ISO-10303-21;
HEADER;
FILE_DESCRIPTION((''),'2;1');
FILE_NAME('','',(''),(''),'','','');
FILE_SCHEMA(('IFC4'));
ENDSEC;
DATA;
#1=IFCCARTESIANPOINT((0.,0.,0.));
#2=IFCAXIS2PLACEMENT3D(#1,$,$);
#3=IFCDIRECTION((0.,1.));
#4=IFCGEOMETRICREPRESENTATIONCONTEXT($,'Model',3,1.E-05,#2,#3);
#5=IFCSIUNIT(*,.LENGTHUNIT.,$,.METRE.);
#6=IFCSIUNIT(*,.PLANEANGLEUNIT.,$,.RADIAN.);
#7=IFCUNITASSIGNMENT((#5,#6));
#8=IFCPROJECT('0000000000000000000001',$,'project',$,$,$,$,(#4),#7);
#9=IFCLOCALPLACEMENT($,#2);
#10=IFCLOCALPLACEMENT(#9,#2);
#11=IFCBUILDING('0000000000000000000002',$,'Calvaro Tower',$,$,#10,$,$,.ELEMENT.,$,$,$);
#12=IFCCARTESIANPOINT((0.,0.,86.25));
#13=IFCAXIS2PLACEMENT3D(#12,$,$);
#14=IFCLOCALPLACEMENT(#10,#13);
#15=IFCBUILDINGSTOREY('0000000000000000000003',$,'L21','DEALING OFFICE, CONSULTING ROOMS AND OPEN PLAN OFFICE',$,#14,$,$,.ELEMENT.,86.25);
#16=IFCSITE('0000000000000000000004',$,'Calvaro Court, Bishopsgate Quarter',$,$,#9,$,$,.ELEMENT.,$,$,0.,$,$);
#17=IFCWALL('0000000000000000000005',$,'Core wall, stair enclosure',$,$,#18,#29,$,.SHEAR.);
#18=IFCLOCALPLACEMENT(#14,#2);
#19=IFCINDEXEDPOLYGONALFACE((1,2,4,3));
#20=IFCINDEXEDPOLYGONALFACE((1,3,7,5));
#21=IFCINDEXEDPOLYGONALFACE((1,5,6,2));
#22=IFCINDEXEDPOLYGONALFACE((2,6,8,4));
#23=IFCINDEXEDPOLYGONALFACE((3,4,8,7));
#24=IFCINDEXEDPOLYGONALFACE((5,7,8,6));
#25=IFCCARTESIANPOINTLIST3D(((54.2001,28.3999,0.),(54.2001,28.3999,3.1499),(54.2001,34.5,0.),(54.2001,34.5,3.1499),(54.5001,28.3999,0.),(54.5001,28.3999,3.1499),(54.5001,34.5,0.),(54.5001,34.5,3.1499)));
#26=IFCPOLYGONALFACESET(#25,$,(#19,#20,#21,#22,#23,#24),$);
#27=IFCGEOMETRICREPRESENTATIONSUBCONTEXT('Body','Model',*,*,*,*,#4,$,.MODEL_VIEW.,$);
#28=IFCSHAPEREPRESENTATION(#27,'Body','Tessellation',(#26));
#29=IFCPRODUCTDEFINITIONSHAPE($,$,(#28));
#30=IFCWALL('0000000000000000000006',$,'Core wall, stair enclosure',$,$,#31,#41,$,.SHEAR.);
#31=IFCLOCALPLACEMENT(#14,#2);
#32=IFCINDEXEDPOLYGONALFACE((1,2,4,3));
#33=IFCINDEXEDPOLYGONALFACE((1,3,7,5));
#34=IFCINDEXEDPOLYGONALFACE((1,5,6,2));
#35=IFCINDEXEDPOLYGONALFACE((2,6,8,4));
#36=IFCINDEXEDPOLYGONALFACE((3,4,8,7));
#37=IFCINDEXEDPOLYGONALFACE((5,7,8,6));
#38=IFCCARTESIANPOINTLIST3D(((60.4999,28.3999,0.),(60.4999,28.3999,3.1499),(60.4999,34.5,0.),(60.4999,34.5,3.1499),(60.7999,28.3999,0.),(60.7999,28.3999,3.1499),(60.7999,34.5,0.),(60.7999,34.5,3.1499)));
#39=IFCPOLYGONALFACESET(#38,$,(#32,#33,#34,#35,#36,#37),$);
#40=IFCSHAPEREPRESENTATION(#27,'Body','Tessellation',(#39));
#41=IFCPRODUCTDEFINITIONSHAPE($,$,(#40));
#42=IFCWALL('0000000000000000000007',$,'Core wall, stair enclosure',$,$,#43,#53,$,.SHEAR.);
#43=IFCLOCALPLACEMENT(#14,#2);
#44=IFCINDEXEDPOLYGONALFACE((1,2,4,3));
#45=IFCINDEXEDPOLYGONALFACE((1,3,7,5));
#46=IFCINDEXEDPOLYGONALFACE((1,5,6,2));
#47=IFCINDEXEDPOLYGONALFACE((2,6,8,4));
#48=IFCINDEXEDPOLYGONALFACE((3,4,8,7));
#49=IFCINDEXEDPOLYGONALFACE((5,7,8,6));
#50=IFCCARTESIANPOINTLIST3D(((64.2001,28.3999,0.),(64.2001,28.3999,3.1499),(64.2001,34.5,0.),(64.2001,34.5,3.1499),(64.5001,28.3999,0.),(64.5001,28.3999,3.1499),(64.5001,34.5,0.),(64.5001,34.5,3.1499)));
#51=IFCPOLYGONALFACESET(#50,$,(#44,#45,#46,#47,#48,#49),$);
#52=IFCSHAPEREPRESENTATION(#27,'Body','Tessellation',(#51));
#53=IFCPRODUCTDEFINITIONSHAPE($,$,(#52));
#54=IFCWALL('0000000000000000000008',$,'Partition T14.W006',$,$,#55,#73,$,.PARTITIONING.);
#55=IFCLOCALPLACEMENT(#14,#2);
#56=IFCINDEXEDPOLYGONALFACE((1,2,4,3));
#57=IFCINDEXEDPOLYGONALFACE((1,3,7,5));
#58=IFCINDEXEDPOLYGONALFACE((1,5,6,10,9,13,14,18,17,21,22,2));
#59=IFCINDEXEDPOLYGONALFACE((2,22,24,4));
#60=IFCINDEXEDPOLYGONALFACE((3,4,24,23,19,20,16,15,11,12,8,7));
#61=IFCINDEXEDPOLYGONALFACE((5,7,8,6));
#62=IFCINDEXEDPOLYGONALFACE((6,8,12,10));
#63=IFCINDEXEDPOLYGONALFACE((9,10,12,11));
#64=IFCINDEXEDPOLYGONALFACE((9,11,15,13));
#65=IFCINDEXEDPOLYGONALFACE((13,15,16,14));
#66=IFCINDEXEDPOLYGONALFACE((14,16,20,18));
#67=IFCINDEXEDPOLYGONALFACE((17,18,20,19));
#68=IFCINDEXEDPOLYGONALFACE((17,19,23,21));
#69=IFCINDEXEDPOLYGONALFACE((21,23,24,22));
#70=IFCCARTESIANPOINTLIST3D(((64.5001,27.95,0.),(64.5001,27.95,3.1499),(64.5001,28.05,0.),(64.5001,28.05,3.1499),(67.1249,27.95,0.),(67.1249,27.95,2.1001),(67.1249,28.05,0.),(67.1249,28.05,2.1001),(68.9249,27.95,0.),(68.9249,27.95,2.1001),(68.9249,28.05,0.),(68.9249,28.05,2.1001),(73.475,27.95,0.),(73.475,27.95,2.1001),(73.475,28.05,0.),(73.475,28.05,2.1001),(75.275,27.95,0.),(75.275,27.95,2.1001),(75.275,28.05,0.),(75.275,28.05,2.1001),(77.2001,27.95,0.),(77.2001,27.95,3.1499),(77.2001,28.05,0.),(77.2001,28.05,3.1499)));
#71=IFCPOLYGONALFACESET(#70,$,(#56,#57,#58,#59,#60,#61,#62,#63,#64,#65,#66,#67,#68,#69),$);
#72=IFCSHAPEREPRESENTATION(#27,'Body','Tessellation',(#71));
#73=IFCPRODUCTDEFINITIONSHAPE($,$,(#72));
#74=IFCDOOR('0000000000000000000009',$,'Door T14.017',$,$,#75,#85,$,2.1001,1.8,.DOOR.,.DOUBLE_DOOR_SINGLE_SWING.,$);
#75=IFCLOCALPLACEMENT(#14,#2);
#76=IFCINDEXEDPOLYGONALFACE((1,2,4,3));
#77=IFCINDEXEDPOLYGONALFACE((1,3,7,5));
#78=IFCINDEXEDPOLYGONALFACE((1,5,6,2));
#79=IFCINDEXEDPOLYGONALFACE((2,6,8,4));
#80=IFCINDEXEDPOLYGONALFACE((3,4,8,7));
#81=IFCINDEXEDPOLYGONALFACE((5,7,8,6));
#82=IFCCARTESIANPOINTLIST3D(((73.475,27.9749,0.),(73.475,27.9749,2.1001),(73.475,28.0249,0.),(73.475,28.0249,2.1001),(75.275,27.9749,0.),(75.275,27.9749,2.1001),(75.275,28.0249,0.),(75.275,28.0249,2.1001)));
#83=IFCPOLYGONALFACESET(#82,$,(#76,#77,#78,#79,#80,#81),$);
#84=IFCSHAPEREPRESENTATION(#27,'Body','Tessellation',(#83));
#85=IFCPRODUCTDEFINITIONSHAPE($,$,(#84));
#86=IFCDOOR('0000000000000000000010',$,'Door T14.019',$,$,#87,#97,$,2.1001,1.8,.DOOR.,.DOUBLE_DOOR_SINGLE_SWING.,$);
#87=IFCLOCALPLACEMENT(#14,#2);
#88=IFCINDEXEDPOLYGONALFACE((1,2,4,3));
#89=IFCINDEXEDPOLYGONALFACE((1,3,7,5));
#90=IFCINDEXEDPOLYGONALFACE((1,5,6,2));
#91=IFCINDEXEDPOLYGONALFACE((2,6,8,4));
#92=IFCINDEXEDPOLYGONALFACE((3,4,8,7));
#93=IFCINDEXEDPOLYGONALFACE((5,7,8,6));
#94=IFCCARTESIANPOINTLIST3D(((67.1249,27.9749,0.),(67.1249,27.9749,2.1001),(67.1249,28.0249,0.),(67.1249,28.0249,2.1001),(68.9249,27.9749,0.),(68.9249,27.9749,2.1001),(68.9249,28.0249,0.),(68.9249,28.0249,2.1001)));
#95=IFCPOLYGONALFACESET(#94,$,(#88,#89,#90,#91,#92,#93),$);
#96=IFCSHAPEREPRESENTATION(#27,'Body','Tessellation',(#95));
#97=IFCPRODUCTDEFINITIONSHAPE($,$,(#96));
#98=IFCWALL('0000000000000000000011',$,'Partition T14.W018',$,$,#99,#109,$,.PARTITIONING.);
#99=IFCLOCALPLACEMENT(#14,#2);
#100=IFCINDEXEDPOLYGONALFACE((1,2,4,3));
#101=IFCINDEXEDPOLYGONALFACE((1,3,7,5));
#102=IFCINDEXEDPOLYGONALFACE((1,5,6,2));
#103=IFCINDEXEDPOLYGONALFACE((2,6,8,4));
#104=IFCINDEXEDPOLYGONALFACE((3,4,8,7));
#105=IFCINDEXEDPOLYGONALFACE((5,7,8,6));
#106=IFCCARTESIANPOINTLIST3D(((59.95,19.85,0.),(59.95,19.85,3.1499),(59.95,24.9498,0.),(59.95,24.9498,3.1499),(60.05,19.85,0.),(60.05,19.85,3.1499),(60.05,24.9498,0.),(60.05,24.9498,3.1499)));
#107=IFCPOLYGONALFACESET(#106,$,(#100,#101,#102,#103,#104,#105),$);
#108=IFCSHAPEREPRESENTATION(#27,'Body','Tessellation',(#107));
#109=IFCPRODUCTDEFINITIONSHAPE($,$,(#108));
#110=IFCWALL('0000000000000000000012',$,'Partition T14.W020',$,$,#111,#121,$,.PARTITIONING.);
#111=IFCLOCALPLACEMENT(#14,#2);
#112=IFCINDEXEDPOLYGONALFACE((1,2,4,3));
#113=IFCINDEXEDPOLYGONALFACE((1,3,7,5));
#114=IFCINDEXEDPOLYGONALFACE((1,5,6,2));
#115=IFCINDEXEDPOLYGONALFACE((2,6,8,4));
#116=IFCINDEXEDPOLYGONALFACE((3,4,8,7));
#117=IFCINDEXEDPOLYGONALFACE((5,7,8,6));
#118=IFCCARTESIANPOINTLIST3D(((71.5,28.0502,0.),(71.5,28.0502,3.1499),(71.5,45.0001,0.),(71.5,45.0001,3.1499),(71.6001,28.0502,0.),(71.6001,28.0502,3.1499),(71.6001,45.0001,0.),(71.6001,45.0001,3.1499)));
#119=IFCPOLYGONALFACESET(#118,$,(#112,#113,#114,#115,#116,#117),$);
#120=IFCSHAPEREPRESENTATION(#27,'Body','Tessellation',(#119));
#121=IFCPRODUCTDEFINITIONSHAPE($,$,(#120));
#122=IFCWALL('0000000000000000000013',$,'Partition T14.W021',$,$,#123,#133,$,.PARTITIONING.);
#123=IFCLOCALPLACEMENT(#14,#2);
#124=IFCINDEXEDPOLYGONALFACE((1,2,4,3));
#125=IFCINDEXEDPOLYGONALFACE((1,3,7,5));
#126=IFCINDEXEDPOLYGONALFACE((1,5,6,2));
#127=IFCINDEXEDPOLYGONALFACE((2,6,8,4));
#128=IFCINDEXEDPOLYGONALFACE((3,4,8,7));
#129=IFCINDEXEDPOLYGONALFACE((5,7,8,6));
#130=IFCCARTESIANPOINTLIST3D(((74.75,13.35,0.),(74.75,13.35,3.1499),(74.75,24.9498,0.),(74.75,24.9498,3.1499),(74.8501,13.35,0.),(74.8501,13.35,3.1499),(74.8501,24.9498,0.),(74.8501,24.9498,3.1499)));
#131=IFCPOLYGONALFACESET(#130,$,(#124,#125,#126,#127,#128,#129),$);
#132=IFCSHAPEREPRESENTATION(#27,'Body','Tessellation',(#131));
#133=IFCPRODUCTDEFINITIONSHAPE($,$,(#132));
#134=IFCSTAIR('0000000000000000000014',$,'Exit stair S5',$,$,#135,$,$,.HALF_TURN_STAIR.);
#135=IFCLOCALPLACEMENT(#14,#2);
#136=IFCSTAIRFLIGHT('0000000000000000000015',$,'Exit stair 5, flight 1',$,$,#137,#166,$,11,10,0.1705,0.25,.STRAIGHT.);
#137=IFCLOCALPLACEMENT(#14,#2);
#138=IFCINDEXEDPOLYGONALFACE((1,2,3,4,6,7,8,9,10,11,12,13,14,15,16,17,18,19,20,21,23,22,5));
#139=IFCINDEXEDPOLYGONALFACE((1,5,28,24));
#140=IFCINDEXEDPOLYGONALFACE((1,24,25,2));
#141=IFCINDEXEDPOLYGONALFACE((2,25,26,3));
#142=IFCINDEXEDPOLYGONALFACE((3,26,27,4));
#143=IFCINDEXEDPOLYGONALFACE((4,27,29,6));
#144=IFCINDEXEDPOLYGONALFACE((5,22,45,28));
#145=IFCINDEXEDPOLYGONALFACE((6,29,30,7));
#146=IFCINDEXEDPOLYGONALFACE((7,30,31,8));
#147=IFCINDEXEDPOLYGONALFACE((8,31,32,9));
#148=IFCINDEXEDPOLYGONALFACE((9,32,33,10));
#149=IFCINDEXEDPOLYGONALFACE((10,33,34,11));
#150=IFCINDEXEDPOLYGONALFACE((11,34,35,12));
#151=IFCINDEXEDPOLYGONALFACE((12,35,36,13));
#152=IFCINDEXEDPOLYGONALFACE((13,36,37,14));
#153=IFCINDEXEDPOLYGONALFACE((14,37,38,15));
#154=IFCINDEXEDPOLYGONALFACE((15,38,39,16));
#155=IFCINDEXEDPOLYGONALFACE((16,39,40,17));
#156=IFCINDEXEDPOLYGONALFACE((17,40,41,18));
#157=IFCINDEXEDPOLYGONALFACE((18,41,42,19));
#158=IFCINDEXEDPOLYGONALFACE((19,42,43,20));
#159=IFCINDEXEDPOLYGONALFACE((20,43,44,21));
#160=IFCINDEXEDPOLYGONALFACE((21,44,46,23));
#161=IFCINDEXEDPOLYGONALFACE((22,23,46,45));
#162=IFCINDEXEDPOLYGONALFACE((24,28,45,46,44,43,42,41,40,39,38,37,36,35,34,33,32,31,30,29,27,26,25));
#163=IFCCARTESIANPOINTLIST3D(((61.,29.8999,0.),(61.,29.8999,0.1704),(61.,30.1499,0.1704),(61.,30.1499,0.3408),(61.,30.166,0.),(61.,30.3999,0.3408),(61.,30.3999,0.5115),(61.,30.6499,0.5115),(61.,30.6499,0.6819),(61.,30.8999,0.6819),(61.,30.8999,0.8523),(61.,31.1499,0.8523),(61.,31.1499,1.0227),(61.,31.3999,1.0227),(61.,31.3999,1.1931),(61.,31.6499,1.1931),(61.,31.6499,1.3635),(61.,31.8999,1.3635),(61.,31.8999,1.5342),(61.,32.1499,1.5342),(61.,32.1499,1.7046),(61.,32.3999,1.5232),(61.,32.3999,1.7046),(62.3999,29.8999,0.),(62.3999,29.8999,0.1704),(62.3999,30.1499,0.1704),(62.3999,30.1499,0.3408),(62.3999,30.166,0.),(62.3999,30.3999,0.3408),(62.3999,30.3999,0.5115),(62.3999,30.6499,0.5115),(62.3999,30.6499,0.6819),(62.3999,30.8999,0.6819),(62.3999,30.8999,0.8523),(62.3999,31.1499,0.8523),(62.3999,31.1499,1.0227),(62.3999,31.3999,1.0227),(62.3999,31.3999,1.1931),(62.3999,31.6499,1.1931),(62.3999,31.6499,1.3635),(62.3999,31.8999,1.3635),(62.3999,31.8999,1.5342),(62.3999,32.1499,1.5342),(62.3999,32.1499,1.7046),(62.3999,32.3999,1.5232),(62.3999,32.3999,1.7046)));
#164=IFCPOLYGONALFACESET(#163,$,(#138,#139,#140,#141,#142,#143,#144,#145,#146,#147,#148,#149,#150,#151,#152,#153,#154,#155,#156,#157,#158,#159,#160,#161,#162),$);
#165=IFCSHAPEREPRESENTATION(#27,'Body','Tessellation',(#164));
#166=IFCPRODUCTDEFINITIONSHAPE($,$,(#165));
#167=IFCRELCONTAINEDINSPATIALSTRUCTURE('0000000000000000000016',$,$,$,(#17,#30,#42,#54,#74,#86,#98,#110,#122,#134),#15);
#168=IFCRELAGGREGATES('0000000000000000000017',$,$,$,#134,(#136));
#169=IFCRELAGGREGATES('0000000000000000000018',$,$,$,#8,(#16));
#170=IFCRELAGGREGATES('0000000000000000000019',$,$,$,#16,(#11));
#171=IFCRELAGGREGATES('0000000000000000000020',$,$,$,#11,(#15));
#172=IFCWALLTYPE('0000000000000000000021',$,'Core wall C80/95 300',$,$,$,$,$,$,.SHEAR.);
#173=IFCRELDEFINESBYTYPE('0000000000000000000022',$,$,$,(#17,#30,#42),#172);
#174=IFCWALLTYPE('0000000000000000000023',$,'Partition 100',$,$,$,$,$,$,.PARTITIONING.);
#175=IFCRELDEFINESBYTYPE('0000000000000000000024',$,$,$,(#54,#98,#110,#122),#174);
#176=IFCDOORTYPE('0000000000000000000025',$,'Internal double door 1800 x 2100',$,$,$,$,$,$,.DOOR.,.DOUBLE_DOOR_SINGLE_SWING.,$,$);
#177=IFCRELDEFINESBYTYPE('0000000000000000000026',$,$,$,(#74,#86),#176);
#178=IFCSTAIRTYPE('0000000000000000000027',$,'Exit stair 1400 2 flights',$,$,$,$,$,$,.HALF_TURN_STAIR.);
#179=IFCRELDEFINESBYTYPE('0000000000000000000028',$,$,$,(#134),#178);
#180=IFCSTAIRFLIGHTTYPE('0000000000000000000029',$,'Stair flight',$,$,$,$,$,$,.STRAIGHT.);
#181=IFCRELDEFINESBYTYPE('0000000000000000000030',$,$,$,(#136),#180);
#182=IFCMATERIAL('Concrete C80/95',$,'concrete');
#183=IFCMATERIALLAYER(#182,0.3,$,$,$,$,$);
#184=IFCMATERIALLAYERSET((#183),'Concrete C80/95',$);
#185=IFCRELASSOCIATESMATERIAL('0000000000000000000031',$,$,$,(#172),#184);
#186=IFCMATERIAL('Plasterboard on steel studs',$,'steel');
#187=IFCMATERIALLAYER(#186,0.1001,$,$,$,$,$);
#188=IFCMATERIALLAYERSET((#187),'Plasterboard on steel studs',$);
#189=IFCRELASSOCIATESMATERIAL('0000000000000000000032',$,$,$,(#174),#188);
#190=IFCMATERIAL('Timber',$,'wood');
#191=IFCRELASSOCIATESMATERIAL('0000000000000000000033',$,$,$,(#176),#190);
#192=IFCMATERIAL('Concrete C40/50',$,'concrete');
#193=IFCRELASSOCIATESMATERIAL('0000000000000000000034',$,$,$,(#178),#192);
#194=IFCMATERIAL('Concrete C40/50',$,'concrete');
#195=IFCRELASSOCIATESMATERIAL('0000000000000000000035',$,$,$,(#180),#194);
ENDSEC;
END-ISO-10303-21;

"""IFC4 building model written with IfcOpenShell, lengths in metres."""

from ifc_helpers import new_model, si_unit, direction, frame, frame_2d, origin, place, context, subcontext, project, spatial, polyline, rectangle, outline, extrude, material, layer, layer_set, type_object, element, fill, aggregate, save


model = new_model("IFC4")

# Units and contexts
model_context = context("Model", 3, precision=1e-05, world=origin(), true_north=direction((0.0, 1.0)))
body_context = subcontext(model_context, "Body", "Model", "MODEL_VIEW")
ifc_project = project(units=[si_unit("LENGTHUNIT", "METRE"), si_unit("PLANEANGLEUNIT", "RADIAN")], contexts=[model_context])

# Site, building, storey
site_placement = place(None, origin())
site = spatial("IfcSite", under=ifc_project, at=site_placement, Name="Calvaro Court, Bishopsgate Quarter", CompositionType="ELEMENT", RefElevation=0.0)
building_placement = place(site_placement, origin())
building = spatial("IfcBuilding", under=site, at=building_placement, Name="Calvaro Tower", CompositionType="ELEMENT")
storey_placement = place(building_placement, frame((0.0, 0.0, 86.25)))
storey = spatial("IfcBuildingStorey", under=building, at=storey_placement, Name="L21", Description="DEALING OFFICE, CONSULTING ROOMS AND OPEN PLAN OFFICE", CompositionType="ELEMENT", Elevation=86.25)

# Walls
ifc_material_1 = material(Name="Concrete C80/95", Category="concrete")
ifc_layer_1 = layer(ifc_material_1, 0.3)
ifc_layer_set_1 = layer_set([ifc_layer_1], Name="Concrete C80/95")
wall_type_1 = type_object("IfcWallType", Name="Core wall C80/95 300", PredefinedType="SHEAR", material=ifc_layer_set_1)
for number, where, z_axis, x_axis, name in (
    (1, (54.3501, 28.3999, 0.0), (0.0, 0.0, 1.0), (0.0, 1.0, 0.0), "Core wall, stair enclosure"),
    (2, (60.6499, 28.3999, 0.0), (0.0, 0.0, 1.0), (0.0, 1.0, 0.0), "Core wall, stair enclosure"),
    (3, (64.3501, 28.3999, 0.0), (0.0, 0.0, 1.0), (0.0, 1.0, 0.0), "Core wall, stair enclosure"),
):
    element("IfcWall", number, at=place(storey_placement, frame(where, z_axis=z_axis, x_axis=x_axis)), inside=storey, type_object=wall_type_1, Name=name, PredefinedType="SHEAR", context=body_context, shape_type="SweptSolid", body=[
        extrude(rectangle(XDim=6.1001, YDim=0.3, at=frame_2d((3.05, 0.0))), origin(), (0.0, 0.0, 1.0), 3.1499),
    ])

# Wall, openings, doors
ifc_material_2 = material(Name="Plasterboard on steel studs", Category="steel")
ifc_layer_2 = layer(ifc_material_2, 0.1001)
ifc_layer_set_2 = layer_set([ifc_layer_2], Name="Plasterboard on steel studs")
wall_type_2 = type_object("IfcWallType", Name="Partition 100", PredefinedType="PARTITIONING", material=ifc_layer_set_2)
wall_1_placement = place(storey_placement, frame((64.5, 28.0, 0.0), z_axis=(0.0, 0.0, 1.0), x_axis=(1.0, 0.0, 0.0)))
wall_1 = element("IfcWall", 4, at=wall_1_placement, inside=storey, type_object=wall_type_2, Name="Partition T14.W006", PredefinedType="PARTITIONING", context=body_context, shape_type="SweptSolid", body=[
    extrude(rectangle(XDim=12.7, YDim=0.1001, at=frame_2d((6.3501, 0.0))), origin(), (0.0, 0.0, 1.0), 3.1499),
])
opening_1_placement = place(wall_1_placement, frame((8.9751, 0.0, 0.0)))
opening_1 = element("IfcOpeningElement", 5, at=opening_1_placement, cuts=wall_1, PredefinedType="OPENING", context=body_context, shape_type="SweptSolid", body=[
    extrude(rectangle(XDim=1.8, YDim=2.1001, at=frame_2d((0.8999, 1.05))), frame((0.0, 0.0601, 0.0), z_axis=(0.0, -1.0, 0.0), x_axis=(1.0, 0.0, 0.0)), (0.0, 0.0, 1.0), 0.1201),
])
opening_2_placement = place(wall_1_placement, frame((2.625, 0.0, 0.0)))
opening_2 = element("IfcOpeningElement", 6, at=opening_2_placement, cuts=wall_1, PredefinedType="OPENING", context=body_context, shape_type="SweptSolid", body=[
    extrude(rectangle(XDim=1.8, YDim=2.1001, at=frame_2d((0.8999, 1.05))), frame((0.0, 0.0601, 0.0), z_axis=(0.0, -1.0, 0.0), x_axis=(1.0, 0.0, 0.0)), (0.0, 0.0, 1.0), 0.1201),
])
ifc_material_3 = material(Name="Timber", Category="wood")
door_type_1 = type_object("IfcDoorType", Name="Internal double door 1800 x 2100", OperationType="DOUBLE_DOOR_SINGLE_SWING", PredefinedType="DOOR", material=ifc_material_3)
door_1_placement = place(opening_1_placement, origin())
door_1 = element("IfcDoor", 7, at=door_1_placement, inside=storey, type_object=door_type_1, Name="Door T14.017", OperationType="DOUBLE_DOOR_SINGLE_SWING", OverallHeight=2.1001, OverallWidth=1.8, PredefinedType="DOOR", context=body_context, shape_type="SweptSolid", body=[
    extrude(rectangle(XDim=1.8, YDim=2.1001, at=frame_2d((0.8999, 1.05))), frame((0.0, 0.0249, 0.0), z_axis=(0.0, -1.0, 0.0), x_axis=(1.0, 0.0, 0.0)), (0.0, 0.0, 1.0), 0.05),
])
fill(opening_1, door_1)
door_2_placement = place(opening_2_placement, origin())
door_2 = element("IfcDoor", 8, at=door_2_placement, inside=storey, type_object=door_type_1, Name="Door T14.019", OperationType="DOUBLE_DOOR_SINGLE_SWING", OverallHeight=2.1001, OverallWidth=1.8, PredefinedType="DOOR", context=body_context, shape_type="SweptSolid", body=[
    extrude(rectangle(XDim=1.8, YDim=2.1001, at=frame_2d((0.8999, 1.05))), frame((0.0, 0.0249, 0.0), z_axis=(0.0, -1.0, 0.0), x_axis=(1.0, 0.0, 0.0)), (0.0, 0.0, 1.0), 0.05),
])
fill(opening_2, door_2)

# Walls
wall_2_placement = place(storey_placement, frame((60.0, 19.8501, 0.0), z_axis=(0.0, 0.0, 1.0), x_axis=(0.0, 1.0, 0.0)))
element("IfcWall", 9, at=wall_2_placement, inside=storey, type_object=wall_type_2, Name="Partition T14.W018", PredefinedType="PARTITIONING", context=body_context, shape_type="SweptSolid", body=[
    extrude(rectangle(XDim=5.0999, YDim=0.1001, at=frame_2d((2.5498, 0.0))), origin(), (0.0, 0.0, 1.0), 3.1499),
])
wall_3_placement = place(storey_placement, frame((71.55, 28.05, 0.0), z_axis=(0.0, 0.0, 1.0), x_axis=(0.0, 1.0, 0.0)))
element("IfcWall", 10, at=wall_3_placement, inside=storey, type_object=wall_type_2, Name="Partition T14.W020", PredefinedType="PARTITIONING", context=body_context, shape_type="SweptSolid", body=[
    extrude(rectangle(XDim=16.95, YDim=0.1001, at=frame_2d((8.4751, 0.0))), origin(), (0.0, 0.0, 1.0), 3.1499),
])
wall_4_placement = place(storey_placement, frame((74.8, 13.3501, 0.0), z_axis=(0.0, 0.0, 1.0), x_axis=(0.0, 1.0, 0.0)))
element("IfcWall", 11, at=wall_4_placement, inside=storey, type_object=wall_type_2, Name="Partition T14.W021", PredefinedType="PARTITIONING", context=body_context, shape_type="SweptSolid", body=[
    extrude(rectangle(XDim=11.5999, YDim=0.1001, at=frame_2d((5.7998, 0.0))), origin(), (0.0, 0.0, 1.0), 3.1499),
])

# Stair, stair flight
ifc_material_4 = material(Name="Concrete C40/50", Category="concrete")
stair_type = type_object("IfcStairType", Name="Exit stair 1400 2 flights", PredefinedType="HALF_TURN_STAIR", material=ifc_material_4)
stair_placement = place(storey_placement, origin())
stair = element("IfcStair", 12, at=stair_placement, inside=storey, type_object=stair_type, Name="Exit stair S5", PredefinedType="HALF_TURN_STAIR")
ifc_material_5 = material(Name="Concrete C40/50", Category="concrete")
stair_flight_type = type_object("IfcStairFlightType", Name="Stair flight", PredefinedType="STRAIGHT", material=ifc_material_5)
stair_flight_placement = place(storey_placement, frame((61.7, 29.8999, 0.0), z_axis=(0.0, 0.0, 1.0), x_axis=(0.0, 1.0, 0.0)))
stair_flight = element("IfcStairFlight", 13, at=stair_flight_placement, type_object=stair_flight_type, Name="Exit stair 5, flight 1", NumberOfRisers=11, NumberOfTreads=10, PredefinedType="STRAIGHT", RiserHeight=0.1705, TreadLength=0.25, context=body_context, shape_type="SweptSolid", body=[
    extrude(outline(polyline([(0.0, 0.0), (0.0, 0.1704), (0.25, 0.1704), (0.25, 0.3408), (0.5, 0.3408), (0.5, 0.5115), (0.75, 0.5115), (0.75, 0.6819), (1.0, 0.6819), (1.0, 0.8523), (1.25, 0.8523), (1.25, 1.0227), (1.5, 1.0227), (1.5, 1.1931), (1.75, 1.1931), (1.75, 1.3635), (2.0, 1.3635), (2.0, 1.5342), (2.25, 1.5342), (2.25, 1.7046), (2.5, 1.7046), (2.5, 1.875), (2.5, 1.5232), (0.2661, 0.0), (0.0, 0.0)])), frame((0.0, 0.7, 0.0), z_axis=(0.0, -1.0, 0.0), x_axis=(1.0, 0.0, 0.0)), (0.0, 0.0, 1.0), 1.3999),
])
aggregate(stair, [stair_flight])

save(model, "model.ifc")
